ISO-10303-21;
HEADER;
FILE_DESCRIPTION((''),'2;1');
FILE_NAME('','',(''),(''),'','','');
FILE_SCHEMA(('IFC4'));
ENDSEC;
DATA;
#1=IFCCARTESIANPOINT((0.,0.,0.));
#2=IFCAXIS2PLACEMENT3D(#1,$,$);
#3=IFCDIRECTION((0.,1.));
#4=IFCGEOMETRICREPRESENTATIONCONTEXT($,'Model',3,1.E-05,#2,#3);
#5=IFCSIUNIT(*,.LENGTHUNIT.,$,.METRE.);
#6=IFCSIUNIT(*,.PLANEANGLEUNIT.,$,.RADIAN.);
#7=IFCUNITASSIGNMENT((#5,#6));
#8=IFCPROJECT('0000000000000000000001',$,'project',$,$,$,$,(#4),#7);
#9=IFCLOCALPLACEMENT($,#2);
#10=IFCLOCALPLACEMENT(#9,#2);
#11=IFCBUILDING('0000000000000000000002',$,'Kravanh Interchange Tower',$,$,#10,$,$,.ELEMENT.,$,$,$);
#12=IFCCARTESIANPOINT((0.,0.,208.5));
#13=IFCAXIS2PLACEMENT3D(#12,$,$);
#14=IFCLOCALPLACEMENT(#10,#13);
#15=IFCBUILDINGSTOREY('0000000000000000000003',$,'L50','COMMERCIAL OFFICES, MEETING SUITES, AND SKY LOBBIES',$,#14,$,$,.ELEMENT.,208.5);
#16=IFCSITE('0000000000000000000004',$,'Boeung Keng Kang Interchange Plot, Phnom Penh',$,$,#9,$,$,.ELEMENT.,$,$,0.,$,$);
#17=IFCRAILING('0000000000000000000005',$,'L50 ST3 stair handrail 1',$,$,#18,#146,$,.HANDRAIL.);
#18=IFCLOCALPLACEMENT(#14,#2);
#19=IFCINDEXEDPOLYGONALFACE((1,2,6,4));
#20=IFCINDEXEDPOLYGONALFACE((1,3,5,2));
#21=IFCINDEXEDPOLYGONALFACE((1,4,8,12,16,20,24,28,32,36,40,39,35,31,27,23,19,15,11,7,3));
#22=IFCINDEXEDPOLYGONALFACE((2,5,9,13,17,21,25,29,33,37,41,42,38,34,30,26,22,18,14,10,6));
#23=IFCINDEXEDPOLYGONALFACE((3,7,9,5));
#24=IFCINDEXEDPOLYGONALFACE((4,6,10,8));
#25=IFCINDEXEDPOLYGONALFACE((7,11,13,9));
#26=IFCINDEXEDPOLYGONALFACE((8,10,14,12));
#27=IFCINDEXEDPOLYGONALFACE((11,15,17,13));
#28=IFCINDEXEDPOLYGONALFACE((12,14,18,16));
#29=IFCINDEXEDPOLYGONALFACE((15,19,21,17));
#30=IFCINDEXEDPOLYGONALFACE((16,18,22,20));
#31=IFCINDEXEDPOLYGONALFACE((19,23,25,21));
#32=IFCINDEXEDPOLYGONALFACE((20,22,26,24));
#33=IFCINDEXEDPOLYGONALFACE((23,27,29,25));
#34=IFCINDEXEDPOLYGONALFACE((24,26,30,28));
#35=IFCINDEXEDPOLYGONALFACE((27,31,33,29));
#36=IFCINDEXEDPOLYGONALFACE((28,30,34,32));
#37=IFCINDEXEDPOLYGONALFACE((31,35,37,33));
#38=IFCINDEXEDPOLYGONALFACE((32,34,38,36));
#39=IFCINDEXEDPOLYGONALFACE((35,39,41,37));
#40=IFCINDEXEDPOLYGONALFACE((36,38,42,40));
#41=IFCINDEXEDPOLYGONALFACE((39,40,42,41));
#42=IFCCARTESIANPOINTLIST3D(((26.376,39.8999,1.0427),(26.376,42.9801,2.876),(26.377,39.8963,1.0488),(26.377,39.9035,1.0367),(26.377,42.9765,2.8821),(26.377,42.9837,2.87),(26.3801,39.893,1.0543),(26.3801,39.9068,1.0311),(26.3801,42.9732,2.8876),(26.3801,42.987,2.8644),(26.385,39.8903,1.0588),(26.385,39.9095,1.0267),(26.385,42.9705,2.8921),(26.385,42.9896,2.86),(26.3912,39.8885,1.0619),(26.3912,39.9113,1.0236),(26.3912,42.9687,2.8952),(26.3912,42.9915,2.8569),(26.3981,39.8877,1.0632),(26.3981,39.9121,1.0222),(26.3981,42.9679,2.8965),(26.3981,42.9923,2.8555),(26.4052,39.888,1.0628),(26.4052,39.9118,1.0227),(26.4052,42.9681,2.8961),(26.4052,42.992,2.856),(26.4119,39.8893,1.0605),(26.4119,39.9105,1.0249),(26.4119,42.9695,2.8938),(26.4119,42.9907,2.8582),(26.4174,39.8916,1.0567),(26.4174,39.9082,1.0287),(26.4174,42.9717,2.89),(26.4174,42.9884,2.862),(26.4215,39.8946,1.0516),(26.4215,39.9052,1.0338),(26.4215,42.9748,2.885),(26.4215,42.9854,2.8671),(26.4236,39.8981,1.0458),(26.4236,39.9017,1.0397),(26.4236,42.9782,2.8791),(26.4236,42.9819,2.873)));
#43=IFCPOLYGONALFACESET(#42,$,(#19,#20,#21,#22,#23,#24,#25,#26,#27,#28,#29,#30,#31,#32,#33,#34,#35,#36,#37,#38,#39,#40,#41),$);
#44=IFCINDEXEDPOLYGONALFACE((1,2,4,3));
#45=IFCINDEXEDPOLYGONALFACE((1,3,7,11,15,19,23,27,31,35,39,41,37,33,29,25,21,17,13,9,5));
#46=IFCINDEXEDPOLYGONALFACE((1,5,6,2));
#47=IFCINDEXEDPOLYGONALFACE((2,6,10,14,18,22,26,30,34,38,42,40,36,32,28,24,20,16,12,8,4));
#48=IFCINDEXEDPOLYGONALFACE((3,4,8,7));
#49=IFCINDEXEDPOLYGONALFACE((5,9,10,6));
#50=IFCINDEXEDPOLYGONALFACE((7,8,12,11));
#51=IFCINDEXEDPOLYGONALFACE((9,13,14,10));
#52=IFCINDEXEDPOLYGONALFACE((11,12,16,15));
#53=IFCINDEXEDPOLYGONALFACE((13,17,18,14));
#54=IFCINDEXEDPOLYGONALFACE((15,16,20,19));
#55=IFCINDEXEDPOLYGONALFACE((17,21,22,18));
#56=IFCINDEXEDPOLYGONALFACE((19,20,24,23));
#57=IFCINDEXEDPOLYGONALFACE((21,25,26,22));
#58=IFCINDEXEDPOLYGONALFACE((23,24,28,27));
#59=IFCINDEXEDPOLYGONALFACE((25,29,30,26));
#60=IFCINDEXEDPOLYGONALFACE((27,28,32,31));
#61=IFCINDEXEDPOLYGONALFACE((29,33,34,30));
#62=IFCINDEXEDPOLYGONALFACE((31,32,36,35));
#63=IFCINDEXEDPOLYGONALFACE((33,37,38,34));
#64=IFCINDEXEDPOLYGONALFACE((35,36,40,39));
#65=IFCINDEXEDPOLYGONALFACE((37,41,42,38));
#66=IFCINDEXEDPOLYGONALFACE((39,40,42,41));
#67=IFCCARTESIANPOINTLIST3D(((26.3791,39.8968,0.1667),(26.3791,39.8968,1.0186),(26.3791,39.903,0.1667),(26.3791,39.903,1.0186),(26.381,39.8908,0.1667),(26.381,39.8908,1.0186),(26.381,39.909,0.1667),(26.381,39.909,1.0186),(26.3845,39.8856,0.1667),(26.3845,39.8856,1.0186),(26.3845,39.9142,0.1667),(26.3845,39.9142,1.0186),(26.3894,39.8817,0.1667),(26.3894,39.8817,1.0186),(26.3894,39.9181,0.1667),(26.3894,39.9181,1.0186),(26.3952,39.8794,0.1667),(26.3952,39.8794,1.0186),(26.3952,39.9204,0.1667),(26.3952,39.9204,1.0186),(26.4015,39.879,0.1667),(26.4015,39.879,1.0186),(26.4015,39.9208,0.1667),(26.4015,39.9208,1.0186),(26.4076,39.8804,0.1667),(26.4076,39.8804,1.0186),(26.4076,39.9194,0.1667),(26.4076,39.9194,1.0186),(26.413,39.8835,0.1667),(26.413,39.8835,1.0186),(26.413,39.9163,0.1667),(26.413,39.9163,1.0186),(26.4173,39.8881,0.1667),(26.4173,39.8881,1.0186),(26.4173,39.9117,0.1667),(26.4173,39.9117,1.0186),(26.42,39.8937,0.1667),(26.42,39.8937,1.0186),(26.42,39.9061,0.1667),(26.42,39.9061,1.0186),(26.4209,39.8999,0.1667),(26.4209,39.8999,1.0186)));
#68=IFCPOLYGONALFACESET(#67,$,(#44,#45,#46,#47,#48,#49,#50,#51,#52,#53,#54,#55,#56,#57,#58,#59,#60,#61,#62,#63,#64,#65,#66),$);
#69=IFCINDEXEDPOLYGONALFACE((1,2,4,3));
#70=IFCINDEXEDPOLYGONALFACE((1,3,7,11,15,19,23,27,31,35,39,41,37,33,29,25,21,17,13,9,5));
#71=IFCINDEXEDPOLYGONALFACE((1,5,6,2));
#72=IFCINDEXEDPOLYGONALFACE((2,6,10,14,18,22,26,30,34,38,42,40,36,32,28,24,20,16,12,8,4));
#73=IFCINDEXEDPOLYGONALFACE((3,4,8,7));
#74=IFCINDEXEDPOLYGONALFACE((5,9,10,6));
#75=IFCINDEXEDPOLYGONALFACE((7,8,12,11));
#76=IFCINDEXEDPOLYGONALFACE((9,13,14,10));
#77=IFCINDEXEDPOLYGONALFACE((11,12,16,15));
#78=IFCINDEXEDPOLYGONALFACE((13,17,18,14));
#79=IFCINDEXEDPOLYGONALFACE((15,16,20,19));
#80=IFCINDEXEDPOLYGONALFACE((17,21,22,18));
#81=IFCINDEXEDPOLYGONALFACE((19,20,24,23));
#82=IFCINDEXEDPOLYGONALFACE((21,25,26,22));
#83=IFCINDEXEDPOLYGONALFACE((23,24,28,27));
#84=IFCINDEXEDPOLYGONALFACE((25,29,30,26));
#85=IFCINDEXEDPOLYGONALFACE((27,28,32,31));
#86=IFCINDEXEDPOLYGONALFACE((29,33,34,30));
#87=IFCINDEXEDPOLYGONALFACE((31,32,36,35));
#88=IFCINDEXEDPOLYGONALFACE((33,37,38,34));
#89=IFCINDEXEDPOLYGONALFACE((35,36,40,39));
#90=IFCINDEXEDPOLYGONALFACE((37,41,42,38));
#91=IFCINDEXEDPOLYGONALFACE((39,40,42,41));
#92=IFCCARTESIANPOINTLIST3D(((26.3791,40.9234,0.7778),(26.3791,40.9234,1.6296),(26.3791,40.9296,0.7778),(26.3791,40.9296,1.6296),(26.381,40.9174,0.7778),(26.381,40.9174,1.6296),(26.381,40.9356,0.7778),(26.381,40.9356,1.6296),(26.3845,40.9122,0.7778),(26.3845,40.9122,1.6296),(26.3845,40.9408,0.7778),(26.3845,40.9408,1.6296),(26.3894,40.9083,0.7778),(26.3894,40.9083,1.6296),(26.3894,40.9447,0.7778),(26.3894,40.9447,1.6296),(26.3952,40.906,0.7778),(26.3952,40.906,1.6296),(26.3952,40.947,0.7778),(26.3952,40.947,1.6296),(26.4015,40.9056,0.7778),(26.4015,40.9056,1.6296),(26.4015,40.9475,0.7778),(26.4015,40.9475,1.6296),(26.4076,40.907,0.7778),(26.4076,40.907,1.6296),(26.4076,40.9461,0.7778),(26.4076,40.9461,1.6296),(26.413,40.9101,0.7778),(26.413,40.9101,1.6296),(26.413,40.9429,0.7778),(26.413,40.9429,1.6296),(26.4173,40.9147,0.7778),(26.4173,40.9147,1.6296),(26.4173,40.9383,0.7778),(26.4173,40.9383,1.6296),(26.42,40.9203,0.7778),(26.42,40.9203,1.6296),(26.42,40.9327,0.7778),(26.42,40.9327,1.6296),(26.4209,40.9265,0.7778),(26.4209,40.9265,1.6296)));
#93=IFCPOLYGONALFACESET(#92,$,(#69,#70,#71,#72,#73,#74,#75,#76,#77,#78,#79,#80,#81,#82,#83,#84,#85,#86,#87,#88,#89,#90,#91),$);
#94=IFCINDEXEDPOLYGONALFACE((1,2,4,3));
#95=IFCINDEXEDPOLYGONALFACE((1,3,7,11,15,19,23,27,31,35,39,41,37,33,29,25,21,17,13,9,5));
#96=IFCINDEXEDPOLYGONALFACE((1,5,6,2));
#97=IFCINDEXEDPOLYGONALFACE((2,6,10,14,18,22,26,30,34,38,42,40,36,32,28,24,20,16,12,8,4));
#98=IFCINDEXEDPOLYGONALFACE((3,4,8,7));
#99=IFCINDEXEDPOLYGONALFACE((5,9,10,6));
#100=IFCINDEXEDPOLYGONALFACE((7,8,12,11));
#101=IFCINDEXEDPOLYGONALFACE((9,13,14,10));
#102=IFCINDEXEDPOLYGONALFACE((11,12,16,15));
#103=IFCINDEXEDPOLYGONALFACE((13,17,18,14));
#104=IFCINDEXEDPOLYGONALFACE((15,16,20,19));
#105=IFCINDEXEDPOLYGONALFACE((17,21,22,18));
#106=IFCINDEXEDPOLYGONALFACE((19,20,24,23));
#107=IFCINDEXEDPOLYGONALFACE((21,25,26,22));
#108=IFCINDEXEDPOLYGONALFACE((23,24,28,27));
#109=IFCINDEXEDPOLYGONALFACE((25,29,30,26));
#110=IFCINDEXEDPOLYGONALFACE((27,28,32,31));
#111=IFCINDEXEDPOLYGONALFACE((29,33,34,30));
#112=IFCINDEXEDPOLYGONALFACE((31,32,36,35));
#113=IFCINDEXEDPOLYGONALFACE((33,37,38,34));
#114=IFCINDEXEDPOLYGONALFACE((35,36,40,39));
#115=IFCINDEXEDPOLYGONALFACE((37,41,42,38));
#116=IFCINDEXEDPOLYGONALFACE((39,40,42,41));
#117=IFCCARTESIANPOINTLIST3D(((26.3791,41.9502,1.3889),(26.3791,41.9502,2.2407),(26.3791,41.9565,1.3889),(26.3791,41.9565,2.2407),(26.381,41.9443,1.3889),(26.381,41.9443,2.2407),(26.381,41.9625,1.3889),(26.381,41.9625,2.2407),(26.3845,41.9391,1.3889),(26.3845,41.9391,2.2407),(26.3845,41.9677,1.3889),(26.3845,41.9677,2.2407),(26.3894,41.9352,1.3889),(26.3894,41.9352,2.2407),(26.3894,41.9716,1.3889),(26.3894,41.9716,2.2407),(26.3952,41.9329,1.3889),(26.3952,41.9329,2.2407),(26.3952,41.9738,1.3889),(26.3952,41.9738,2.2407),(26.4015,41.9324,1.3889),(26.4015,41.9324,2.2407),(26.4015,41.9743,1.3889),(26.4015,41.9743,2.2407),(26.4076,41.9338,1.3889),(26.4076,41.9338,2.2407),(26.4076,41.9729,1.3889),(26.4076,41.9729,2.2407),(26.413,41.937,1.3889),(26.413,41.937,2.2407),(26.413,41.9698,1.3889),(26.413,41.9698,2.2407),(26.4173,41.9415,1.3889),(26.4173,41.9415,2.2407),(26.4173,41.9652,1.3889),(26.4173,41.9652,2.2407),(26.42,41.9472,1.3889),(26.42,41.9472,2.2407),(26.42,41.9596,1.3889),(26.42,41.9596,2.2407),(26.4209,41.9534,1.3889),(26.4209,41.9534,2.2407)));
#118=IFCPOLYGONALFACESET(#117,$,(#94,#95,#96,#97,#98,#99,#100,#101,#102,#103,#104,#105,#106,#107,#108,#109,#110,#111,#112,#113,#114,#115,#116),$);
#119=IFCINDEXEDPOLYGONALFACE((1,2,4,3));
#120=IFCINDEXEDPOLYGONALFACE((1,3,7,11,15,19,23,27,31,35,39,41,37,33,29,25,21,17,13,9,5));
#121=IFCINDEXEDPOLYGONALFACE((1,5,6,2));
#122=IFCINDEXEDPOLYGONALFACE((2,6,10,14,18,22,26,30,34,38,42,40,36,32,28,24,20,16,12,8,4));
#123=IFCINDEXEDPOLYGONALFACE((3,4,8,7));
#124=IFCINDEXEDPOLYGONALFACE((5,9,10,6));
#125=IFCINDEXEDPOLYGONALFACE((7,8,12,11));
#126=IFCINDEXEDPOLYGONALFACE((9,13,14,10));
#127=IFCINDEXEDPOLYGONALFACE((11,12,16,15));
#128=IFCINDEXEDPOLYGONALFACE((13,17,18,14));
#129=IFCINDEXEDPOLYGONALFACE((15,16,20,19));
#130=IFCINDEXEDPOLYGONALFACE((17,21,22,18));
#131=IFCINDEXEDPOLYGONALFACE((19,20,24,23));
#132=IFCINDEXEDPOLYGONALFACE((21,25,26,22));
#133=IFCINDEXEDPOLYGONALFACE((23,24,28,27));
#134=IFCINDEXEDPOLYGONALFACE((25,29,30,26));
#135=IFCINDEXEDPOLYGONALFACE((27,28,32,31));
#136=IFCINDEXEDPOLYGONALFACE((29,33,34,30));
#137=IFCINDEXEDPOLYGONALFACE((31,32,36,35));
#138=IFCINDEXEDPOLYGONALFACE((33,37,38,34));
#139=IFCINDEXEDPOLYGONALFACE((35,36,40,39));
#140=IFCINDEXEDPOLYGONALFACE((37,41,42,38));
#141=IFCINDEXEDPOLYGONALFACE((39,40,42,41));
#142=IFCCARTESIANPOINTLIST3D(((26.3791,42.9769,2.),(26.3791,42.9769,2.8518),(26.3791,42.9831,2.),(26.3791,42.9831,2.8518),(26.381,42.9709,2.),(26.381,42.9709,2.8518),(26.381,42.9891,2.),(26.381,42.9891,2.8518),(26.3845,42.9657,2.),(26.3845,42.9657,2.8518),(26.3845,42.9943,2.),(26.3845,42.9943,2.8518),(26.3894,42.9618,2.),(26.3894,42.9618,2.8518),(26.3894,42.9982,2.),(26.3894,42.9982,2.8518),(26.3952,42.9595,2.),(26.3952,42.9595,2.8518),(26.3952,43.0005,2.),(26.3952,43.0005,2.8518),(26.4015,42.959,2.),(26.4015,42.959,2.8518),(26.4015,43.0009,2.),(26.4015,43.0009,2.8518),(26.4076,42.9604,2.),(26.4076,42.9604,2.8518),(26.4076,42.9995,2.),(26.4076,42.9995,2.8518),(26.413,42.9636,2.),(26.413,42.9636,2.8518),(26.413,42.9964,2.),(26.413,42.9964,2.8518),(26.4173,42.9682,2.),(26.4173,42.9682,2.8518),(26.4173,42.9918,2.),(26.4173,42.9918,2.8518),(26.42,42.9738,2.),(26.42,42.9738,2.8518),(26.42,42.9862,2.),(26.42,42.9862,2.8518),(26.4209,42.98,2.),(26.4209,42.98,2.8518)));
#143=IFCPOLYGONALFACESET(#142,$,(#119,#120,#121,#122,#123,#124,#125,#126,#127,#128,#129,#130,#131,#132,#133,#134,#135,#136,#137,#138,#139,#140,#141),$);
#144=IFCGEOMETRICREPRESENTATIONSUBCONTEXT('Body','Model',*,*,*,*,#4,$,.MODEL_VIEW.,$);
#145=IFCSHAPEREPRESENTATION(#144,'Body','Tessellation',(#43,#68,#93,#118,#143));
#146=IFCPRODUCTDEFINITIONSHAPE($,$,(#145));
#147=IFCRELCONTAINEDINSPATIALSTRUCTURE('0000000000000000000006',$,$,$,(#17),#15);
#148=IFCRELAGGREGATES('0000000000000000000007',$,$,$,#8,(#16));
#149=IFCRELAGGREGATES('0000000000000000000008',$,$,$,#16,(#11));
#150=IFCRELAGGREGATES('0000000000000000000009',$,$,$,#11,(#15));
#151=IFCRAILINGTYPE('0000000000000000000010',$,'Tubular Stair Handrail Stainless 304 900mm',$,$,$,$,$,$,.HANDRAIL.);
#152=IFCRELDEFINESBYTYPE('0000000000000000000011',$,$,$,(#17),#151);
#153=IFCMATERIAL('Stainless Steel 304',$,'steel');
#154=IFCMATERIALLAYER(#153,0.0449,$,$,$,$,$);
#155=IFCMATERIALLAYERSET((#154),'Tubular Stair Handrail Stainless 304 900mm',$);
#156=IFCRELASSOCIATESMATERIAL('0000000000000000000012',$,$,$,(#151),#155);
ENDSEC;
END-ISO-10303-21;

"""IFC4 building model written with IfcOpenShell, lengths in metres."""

from ifc_helpers import new_model, si_unit, direction, frame, origin, origin_2d, place, context, subcontext, project, spatial, circle, extrude, material, layer, layer_set, type_object, element, save


model = new_model("IFC4")

# Units and contexts
model_context = context("Model", 3, precision=1e-05, world=origin(), true_north=direction((0.0, 1.0)))
body_context = subcontext(model_context, "Body", "Model", "MODEL_VIEW")
ifc_project = project(units=[si_unit("LENGTHUNIT", "METRE"), si_unit("PLANEANGLEUNIT", "RADIAN")], contexts=[model_context])

# Site, building, storey
site_placement = place(None, origin())
site = spatial("IfcSite", under=ifc_project, at=site_placement, Name="Boeung Keng Kang Interchange Plot, Phnom Penh", CompositionType="ELEMENT", RefElevation=0.0)
building_placement = place(site_placement, origin())
building = spatial("IfcBuilding", under=site, at=building_placement, Name="Kravanh Interchange Tower", CompositionType="ELEMENT")
storey_placement = place(building_placement, frame((0.0, 0.0, 208.5)))
storey = spatial("IfcBuildingStorey", under=building, at=storey_placement, Name="L50", Description="COMMERCIAL OFFICES, MEETING SUITES, AND SKY LOBBIES", CompositionType="ELEMENT", Elevation=208.5)

# Railing
ifc_material_1 = material(Name="Stainless Steel 304", Category="steel")
ifc_layer_1 = layer(ifc_material_1, 0.0449)
ifc_layer_set_1 = layer_set([ifc_layer_1], Name="Tubular Stair Handrail Stainless 304 900mm")
railing_type_1 = type_object("IfcRailingType", Name="Tubular Stair Handrail Stainless 304 900mm", PredefinedType="HANDRAIL", material=ifc_layer_set_1)
railing_1_placement = place(storey_placement, frame((26.3999, 39.8999, 0.1667)))
element("IfcRailing", 1, at=railing_1_placement, inside=storey, type_object=railing_type_1, Name="L50 ST3 stair handrail 1", PredefinedType="HANDRAIL", context=body_context, shape_type="SweptSolid", body=[
    extrude(circle(Radius=0.0239, at=origin_2d()), frame((0.0, 0.0, 0.876), z_axis=(0.0, 0.859309, 0.511458), x_axis=(-1.0, 0.0, 0.0)), (0.0, 0.0, 1.0), 3.5845),
    extrude(circle(Radius=0.021, at=origin_2d()), origin(), (0.0, 0.0, 1.0), 0.8518),
    extrude(circle(Radius=0.021, at=origin_2d()), frame((0.0, 1.0266, 0.6111)), (0.0, 0.0, 1.0), 0.8518),
    extrude(circle(Radius=0.021, at=origin_2d()), frame((0.0, 2.0535, 1.2222)), (0.0, 0.0, 1.0), 0.8518),
    extrude(circle(Radius=0.021, at=origin_2d()), frame((0.0, 3.0801, 1.8333)), (0.0, 0.0, 1.0), 0.8518),
])

save(model, "model.ifc")
